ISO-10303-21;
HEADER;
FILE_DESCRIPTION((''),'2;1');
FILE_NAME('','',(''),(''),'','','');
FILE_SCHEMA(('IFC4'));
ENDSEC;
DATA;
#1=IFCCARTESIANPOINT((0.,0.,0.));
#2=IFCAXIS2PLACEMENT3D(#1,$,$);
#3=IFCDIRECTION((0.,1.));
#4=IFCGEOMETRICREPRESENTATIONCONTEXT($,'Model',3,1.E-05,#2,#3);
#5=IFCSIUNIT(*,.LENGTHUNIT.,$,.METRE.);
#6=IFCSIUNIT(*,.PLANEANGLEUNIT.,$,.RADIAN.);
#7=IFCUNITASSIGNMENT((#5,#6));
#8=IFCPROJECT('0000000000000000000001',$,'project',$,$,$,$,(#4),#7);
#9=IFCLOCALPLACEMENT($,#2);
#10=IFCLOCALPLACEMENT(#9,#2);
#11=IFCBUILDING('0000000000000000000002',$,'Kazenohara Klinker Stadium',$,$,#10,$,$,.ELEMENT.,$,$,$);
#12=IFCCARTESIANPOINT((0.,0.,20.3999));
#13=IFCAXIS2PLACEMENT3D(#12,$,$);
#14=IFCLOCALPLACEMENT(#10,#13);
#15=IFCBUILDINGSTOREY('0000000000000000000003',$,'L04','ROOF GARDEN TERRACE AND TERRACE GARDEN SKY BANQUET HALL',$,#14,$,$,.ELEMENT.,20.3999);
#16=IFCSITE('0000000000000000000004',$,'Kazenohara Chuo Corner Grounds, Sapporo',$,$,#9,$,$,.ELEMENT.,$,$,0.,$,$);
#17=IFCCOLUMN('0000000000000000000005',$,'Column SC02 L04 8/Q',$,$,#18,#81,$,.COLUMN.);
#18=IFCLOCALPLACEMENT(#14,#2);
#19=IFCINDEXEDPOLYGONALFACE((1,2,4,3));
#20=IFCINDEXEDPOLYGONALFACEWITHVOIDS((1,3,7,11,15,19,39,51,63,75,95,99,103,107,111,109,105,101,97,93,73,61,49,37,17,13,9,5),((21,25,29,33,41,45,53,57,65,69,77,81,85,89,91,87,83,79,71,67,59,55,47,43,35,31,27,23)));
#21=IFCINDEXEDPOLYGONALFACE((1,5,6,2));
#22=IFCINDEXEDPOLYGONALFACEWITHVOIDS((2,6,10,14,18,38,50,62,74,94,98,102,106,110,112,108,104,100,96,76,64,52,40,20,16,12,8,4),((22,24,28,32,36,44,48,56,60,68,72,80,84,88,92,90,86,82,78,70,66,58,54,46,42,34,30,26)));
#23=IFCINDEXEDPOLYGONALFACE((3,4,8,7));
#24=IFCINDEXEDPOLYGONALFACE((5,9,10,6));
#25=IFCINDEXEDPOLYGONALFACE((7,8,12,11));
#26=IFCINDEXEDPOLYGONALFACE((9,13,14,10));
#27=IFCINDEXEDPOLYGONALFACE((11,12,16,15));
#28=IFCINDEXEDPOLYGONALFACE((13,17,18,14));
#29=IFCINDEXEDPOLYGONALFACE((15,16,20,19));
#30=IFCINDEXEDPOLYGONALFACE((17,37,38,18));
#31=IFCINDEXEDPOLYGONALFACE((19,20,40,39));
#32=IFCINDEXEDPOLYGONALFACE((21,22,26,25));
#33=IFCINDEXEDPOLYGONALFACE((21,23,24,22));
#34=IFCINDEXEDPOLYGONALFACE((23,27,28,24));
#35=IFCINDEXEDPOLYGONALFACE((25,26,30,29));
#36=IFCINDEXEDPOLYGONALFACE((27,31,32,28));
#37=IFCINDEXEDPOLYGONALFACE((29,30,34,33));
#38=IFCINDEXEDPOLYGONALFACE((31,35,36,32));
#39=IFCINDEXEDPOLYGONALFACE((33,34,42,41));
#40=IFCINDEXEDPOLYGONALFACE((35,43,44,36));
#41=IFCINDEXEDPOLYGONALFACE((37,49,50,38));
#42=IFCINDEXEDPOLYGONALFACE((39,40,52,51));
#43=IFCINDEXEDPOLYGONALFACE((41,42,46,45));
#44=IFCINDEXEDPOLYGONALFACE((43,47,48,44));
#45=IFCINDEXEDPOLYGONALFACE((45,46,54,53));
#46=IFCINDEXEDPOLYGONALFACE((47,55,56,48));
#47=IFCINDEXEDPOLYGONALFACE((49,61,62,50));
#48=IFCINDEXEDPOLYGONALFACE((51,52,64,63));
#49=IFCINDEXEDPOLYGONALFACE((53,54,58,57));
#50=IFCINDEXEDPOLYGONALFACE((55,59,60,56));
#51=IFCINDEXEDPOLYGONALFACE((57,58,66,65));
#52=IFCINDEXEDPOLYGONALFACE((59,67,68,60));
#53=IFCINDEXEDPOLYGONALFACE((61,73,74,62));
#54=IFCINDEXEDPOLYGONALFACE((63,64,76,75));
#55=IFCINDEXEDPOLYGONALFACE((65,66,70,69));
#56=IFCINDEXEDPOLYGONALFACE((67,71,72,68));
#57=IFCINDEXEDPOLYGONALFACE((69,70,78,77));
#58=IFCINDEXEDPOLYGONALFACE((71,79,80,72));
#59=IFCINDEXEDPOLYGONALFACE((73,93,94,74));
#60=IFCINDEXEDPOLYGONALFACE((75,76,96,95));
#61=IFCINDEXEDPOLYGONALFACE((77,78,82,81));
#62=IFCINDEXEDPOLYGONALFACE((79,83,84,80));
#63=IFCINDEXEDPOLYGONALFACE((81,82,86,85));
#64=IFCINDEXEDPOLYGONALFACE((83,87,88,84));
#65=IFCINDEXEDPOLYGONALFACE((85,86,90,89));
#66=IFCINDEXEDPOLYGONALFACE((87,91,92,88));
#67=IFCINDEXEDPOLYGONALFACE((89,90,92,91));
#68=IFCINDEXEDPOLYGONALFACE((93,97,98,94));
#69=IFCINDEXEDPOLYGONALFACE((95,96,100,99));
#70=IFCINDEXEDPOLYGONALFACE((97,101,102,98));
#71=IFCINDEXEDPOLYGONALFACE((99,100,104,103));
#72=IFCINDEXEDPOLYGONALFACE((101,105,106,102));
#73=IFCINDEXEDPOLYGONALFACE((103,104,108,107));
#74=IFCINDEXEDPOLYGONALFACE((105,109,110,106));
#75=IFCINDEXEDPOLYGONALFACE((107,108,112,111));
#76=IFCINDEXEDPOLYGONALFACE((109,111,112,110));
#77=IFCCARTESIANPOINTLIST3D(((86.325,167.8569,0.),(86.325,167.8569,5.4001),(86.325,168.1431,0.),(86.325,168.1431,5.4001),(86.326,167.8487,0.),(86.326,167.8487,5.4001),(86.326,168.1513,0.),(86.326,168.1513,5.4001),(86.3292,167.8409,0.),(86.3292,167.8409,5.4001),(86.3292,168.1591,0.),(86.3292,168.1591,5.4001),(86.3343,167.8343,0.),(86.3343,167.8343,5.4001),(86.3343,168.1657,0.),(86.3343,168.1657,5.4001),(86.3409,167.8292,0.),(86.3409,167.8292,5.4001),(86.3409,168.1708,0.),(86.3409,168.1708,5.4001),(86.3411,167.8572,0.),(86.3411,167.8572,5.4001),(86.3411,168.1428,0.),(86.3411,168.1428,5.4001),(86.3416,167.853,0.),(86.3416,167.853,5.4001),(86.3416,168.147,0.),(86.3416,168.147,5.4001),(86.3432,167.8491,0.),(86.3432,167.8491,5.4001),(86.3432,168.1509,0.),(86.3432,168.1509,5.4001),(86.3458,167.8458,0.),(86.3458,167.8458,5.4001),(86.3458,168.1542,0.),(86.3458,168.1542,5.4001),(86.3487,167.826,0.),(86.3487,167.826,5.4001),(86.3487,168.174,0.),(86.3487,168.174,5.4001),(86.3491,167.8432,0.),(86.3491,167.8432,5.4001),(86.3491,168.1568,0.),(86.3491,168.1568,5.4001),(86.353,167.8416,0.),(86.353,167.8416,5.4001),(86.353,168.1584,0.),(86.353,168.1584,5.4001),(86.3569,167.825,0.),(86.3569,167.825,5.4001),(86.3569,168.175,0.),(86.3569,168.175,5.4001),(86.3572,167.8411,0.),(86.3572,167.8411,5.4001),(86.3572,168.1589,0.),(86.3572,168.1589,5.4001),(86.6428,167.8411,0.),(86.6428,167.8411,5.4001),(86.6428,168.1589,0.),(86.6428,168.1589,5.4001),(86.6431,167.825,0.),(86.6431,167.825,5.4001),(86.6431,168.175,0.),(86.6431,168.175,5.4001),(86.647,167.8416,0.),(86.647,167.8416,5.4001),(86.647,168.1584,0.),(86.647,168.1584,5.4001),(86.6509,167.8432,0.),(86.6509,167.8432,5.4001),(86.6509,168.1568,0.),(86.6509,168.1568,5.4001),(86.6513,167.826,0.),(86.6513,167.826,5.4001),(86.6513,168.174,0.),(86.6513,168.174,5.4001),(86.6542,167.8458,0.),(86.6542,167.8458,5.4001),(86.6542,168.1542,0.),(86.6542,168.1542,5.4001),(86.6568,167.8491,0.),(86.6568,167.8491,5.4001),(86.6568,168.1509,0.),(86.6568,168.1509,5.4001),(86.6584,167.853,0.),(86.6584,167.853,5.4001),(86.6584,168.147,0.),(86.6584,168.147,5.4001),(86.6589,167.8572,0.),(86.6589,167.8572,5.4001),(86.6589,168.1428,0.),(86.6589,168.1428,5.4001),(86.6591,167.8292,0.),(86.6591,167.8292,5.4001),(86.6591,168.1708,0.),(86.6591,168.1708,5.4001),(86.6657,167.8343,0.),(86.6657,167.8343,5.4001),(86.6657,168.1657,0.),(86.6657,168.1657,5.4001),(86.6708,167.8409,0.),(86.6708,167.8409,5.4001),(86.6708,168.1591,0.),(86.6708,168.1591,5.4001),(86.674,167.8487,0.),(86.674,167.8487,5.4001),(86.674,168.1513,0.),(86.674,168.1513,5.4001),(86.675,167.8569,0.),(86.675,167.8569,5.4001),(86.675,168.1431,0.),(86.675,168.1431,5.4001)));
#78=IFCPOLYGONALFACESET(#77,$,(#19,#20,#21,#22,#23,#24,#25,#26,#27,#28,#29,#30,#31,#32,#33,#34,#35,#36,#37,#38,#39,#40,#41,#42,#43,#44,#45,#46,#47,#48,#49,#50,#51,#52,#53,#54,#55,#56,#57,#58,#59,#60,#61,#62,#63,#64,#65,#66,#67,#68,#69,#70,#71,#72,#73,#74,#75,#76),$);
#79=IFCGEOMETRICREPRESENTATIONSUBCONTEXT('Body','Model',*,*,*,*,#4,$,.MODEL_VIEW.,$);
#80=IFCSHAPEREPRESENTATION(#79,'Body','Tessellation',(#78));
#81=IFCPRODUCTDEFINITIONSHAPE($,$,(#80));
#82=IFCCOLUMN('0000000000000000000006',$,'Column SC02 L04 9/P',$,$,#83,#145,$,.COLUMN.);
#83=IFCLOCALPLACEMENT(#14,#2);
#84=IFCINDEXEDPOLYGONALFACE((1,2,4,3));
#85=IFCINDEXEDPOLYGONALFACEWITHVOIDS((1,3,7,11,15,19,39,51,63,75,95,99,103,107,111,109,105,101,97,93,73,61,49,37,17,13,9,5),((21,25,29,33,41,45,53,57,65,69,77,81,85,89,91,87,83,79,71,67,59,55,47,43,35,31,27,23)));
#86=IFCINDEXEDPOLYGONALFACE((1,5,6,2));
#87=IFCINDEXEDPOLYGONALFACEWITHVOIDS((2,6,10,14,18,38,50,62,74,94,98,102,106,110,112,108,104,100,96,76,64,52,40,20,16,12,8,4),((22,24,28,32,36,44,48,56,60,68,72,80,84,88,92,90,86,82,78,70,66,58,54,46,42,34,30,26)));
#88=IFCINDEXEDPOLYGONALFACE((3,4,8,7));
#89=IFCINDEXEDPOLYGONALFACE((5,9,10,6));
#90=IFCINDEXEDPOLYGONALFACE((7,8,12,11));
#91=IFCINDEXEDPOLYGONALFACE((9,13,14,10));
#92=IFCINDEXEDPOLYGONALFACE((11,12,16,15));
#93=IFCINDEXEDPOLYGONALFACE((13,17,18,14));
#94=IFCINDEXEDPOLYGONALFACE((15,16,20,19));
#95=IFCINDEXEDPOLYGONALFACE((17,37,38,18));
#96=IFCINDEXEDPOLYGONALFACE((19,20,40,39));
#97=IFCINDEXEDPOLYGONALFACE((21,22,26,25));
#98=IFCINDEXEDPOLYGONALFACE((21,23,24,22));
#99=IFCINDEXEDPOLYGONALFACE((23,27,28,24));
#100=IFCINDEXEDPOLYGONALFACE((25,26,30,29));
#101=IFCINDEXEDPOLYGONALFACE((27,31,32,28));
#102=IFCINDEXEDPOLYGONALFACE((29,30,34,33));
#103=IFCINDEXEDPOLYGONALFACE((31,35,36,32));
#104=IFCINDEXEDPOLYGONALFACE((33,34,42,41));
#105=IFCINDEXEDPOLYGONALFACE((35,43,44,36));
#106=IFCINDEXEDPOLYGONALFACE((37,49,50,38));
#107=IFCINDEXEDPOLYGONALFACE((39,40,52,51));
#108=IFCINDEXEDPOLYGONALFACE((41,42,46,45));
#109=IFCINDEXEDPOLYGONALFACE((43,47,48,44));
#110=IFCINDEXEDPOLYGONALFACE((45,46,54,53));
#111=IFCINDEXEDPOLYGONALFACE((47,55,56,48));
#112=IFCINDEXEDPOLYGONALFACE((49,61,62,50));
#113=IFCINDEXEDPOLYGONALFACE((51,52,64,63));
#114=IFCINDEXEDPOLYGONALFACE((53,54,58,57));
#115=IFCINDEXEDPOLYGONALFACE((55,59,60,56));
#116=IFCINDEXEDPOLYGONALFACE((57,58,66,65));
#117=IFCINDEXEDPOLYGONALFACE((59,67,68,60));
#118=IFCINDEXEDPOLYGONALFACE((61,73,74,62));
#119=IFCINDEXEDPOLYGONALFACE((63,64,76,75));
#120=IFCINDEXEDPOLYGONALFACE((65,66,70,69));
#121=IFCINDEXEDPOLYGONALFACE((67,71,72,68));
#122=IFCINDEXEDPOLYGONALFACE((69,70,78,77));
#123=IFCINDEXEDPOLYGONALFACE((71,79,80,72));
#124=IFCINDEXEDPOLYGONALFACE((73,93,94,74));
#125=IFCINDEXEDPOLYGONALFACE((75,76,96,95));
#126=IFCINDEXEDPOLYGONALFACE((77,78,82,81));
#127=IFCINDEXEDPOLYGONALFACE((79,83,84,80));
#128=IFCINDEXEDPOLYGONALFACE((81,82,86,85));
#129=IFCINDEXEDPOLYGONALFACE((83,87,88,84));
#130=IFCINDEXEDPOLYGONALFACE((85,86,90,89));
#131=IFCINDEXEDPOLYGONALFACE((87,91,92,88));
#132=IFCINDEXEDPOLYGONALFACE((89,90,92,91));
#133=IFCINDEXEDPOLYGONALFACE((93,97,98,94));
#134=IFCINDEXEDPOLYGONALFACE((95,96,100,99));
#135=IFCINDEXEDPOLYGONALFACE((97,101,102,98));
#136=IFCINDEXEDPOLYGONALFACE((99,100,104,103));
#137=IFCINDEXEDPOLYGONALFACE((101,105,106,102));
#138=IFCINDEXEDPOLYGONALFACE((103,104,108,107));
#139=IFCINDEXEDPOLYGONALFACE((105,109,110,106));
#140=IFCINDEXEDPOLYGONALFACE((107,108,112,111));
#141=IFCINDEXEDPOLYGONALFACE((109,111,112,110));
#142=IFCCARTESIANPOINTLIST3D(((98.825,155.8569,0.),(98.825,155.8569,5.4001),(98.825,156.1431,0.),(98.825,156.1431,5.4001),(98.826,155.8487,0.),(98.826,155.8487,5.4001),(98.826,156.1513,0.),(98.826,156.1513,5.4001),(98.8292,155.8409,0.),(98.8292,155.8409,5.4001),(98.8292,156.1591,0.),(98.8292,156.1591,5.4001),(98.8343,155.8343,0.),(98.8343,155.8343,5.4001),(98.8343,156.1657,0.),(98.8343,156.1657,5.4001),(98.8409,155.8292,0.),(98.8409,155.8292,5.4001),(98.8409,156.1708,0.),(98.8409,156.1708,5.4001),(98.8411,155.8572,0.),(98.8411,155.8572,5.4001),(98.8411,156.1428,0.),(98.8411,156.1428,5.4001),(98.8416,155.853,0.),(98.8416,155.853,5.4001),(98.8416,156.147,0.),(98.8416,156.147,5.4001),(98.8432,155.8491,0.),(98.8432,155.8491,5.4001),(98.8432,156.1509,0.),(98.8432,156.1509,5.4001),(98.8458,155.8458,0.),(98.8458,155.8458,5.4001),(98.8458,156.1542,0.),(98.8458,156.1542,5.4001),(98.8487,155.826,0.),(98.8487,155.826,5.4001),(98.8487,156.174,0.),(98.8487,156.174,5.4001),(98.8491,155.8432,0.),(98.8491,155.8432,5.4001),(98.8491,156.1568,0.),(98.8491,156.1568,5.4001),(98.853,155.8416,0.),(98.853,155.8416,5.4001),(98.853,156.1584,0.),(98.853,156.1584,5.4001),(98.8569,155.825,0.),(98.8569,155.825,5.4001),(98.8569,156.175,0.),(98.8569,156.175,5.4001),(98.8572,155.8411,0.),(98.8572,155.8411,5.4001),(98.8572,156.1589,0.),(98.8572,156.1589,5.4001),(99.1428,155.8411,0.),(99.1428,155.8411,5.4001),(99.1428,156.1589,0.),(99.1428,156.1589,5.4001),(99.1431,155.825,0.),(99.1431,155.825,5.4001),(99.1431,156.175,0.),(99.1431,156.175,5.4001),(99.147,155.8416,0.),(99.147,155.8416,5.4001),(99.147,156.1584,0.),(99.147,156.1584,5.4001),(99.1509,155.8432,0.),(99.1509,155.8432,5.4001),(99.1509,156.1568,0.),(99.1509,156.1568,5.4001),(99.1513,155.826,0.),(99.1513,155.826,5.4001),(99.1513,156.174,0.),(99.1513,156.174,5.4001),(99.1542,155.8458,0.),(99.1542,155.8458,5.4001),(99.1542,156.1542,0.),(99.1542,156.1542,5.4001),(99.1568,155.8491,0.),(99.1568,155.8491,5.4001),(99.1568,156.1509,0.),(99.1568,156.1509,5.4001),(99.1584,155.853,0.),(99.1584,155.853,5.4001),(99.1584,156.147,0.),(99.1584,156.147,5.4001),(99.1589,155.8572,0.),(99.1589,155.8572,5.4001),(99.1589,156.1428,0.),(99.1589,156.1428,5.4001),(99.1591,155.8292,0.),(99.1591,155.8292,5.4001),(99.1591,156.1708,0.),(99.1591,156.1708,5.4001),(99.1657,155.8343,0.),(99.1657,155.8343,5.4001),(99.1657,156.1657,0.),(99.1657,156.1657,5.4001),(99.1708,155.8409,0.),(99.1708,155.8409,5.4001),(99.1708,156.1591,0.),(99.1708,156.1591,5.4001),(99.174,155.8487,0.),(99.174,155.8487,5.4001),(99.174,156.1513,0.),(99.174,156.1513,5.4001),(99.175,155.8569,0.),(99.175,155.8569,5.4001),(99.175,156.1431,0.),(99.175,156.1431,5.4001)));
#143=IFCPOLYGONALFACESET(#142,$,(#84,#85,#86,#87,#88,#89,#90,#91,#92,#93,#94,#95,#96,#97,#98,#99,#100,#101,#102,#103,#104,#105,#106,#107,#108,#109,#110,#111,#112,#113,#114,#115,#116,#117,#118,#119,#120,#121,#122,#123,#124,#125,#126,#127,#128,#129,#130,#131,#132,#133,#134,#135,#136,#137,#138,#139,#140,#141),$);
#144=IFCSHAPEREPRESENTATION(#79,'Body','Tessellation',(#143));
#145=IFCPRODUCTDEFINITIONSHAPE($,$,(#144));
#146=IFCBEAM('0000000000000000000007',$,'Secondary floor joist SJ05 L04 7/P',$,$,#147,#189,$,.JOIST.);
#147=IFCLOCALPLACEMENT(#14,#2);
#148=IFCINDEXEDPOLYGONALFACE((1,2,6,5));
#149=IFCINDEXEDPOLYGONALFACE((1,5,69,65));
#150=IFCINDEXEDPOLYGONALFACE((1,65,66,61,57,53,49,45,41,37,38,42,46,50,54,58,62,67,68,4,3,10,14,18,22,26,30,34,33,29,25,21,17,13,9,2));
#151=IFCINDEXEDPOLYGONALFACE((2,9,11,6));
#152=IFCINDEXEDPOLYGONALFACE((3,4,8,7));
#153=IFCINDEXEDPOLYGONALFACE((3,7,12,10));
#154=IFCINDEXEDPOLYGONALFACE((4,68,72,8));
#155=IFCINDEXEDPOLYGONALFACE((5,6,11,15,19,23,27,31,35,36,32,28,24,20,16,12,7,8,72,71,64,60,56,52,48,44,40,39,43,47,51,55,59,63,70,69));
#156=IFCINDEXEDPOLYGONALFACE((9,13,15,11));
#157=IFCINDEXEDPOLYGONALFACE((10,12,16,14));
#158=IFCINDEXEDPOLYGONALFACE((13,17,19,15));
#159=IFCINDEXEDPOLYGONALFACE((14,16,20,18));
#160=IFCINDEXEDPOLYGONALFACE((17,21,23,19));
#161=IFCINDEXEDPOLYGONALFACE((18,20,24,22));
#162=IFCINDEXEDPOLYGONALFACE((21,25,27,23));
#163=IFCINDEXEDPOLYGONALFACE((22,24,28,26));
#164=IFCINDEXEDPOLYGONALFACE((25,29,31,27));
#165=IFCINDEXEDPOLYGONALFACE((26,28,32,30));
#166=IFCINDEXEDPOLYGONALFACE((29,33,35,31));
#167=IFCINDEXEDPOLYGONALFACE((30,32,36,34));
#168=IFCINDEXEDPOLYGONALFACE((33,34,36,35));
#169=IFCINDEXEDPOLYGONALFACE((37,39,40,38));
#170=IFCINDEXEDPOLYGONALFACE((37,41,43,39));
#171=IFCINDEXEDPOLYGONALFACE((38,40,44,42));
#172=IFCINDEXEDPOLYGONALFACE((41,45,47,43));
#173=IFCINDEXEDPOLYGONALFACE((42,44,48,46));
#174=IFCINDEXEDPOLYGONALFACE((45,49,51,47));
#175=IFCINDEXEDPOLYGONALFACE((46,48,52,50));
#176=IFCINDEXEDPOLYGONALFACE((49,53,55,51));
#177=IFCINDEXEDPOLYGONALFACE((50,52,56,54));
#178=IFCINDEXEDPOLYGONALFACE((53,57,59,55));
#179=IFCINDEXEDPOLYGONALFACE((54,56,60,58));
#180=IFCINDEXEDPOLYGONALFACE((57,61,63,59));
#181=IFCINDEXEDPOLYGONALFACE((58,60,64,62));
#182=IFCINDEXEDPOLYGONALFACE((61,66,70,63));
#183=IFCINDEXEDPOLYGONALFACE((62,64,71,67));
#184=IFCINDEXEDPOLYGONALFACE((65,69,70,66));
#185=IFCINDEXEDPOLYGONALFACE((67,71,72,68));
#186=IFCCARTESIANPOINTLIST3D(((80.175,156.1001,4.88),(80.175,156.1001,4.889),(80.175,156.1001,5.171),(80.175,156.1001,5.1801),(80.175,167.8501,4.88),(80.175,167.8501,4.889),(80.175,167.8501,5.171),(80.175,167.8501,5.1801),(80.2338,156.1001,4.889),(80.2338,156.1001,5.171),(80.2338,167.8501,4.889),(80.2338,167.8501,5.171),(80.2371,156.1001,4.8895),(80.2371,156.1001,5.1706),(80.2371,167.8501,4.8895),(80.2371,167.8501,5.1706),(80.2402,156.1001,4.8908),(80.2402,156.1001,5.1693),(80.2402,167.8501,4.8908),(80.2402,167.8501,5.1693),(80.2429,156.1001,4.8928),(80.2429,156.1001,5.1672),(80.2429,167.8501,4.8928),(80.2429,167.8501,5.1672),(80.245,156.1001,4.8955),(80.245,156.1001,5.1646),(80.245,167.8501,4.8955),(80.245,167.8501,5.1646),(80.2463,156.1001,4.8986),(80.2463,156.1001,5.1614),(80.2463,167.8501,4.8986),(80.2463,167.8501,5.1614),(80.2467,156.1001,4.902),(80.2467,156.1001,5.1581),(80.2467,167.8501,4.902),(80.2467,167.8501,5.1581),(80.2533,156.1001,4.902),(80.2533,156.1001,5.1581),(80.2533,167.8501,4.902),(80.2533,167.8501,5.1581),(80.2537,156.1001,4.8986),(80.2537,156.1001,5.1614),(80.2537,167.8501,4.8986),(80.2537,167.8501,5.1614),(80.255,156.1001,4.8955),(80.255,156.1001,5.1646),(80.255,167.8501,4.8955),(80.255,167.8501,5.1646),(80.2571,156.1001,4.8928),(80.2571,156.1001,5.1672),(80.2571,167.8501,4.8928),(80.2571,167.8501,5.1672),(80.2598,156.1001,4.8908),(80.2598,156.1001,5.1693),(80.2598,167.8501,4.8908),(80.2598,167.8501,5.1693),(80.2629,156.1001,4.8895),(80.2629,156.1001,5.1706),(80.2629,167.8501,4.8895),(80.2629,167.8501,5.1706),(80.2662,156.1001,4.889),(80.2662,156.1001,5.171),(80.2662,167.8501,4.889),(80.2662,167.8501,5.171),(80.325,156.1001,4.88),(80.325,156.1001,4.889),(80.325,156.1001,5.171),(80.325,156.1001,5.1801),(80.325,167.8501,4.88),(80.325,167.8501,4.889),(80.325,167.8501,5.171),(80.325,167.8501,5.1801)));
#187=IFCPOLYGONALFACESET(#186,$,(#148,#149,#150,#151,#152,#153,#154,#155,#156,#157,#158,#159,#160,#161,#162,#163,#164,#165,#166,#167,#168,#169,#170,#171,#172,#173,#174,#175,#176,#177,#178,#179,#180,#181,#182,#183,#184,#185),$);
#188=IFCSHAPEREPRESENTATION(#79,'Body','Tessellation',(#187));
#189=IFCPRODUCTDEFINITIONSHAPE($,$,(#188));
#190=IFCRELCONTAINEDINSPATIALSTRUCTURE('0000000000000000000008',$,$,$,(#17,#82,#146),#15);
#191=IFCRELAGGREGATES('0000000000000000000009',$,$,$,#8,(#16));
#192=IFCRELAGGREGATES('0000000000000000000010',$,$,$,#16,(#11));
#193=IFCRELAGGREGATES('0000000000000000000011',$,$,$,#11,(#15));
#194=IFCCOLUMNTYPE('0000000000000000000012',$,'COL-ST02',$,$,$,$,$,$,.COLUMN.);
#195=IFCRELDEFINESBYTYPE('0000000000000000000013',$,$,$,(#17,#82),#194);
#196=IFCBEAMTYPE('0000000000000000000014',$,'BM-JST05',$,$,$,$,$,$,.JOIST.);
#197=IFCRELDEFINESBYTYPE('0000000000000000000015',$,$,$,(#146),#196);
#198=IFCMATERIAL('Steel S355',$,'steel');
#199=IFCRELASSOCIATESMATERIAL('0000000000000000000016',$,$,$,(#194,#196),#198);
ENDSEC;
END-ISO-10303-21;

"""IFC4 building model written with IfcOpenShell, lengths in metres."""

from ifc_helpers import new_model, si_unit, direction, frame, origin, origin_2d, place, context, subcontext, project, spatial, hollow_rectangle, i_section, extrude, material, material_profile, profile_set, type_object, element, save


model = new_model("IFC4")

# Units and contexts
model_context = context("Model", 3, precision=1e-05, world=origin(), true_north=direction((0.0, 1.0)))
body_context = subcontext(model_context, "Body", "Model", "MODEL_VIEW")
ifc_project = project(units=[si_unit("LENGTHUNIT", "METRE"), si_unit("PLANEANGLEUNIT", "RADIAN")], contexts=[model_context])

# Site, building, storey
site_placement = place(None, origin())
site = spatial("IfcSite", under=ifc_project, at=site_placement, Name="Kazenohara Chuo Corner Grounds, Sapporo", CompositionType="ELEMENT", RefElevation=0.0)
building_placement = place(site_placement, origin())
building = spatial("IfcBuilding", under=site, at=building_placement, Name="Kazenohara Klinker Stadium", CompositionType="ELEMENT")
storey_placement = place(building_placement, frame((0.0, 0.0, 20.3999)))
storey = spatial("IfcBuildingStorey", under=building, at=storey_placement, Name="L04", Description="ROOF GARDEN TERRACE AND TERRACE GARDEN SKY BANQUET HALL", CompositionType="ELEMENT", Elevation=20.3999)

# Columns
ifc_material_1 = material(Name="Steel S355", Category="steel")
ifc_material_profile_1 = material_profile(ifc_material_1, hollow_rectangle(XDim=0.3501, YDim=0.3501, WallThickness=0.0161, InnerFilletRadius=0.0161, OuterFilletRadius=0.032, at=origin_2d()), Name="SHS-350x350x16")
ifc_profile_set_1 = profile_set([ifc_material_profile_1], Name="Steel S355")
column_type = type_object("IfcColumnType", Name="COL-ST02", PredefinedType="COLUMN", material=ifc_profile_set_1)
for number, where, z_axis, x_axis, name in (
    (1, (86.5, 168.0, 0.0), (0.0, 0.0, 1.0), (1.0, 0.0, 0.0), "Column SC02 L04 8/Q"),
    (2, (99.0, 156.0, 0.0), (0.0, 0.0, 1.0), (1.0, 0.0, 0.0), "Column SC02 L04 9/P"),
):
    element("IfcColumn", number, at=place(storey_placement, frame(where, z_axis=z_axis, x_axis=x_axis)), inside=storey, type_object=column_type, Name=name, PredefinedType="COLUMN", context=body_context, shape_type="SweptSolid", body=[
        extrude(hollow_rectangle(XDim=0.3501, YDim=0.3501, WallThickness=0.0161, InnerFilletRadius=0.0161, OuterFilletRadius=0.032, at=origin_2d()), origin(), (0.0, 0.0, 1.0), 5.4001),
    ])

# Beam
ifc_material_profile_2 = material_profile(ifc_material_1, i_section(OverallWidth=0.1499, OverallDepth=0.3, WebThickness=0.0066, FlangeThickness=0.009, FilletRadius=0.0129, at=origin_2d()), Name="H-300x150x6.5x9")
ifc_profile_set_2 = profile_set([ifc_material_profile_2], Name="Steel S355")
beam_type_1 = type_object("IfcBeamType", Name="BM-JST05", PredefinedType="JOIST", material=ifc_profile_set_2)
beam_1_placement = place(storey_placement, frame((80.25, 156.1001, 5.03), z_axis=(0.0, 1.0, 0.0), x_axis=(-1.0, 0.0, 0.0)))
element("IfcBeam", 3, at=beam_1_placement, inside=storey, type_object=beam_type_1, Name="Secondary floor joist SJ05 L04 7/P", PredefinedType="JOIST", context=body_context, shape_type="SweptSolid", body=[
    extrude(i_section(OverallWidth=0.1499, OverallDepth=0.3, WebThickness=0.0066, FlangeThickness=0.009, FilletRadius=0.0129, at=origin_2d()), origin(), (0.0, 0.0, 1.0), 11.75),
])

save(model, "model.ifc")
